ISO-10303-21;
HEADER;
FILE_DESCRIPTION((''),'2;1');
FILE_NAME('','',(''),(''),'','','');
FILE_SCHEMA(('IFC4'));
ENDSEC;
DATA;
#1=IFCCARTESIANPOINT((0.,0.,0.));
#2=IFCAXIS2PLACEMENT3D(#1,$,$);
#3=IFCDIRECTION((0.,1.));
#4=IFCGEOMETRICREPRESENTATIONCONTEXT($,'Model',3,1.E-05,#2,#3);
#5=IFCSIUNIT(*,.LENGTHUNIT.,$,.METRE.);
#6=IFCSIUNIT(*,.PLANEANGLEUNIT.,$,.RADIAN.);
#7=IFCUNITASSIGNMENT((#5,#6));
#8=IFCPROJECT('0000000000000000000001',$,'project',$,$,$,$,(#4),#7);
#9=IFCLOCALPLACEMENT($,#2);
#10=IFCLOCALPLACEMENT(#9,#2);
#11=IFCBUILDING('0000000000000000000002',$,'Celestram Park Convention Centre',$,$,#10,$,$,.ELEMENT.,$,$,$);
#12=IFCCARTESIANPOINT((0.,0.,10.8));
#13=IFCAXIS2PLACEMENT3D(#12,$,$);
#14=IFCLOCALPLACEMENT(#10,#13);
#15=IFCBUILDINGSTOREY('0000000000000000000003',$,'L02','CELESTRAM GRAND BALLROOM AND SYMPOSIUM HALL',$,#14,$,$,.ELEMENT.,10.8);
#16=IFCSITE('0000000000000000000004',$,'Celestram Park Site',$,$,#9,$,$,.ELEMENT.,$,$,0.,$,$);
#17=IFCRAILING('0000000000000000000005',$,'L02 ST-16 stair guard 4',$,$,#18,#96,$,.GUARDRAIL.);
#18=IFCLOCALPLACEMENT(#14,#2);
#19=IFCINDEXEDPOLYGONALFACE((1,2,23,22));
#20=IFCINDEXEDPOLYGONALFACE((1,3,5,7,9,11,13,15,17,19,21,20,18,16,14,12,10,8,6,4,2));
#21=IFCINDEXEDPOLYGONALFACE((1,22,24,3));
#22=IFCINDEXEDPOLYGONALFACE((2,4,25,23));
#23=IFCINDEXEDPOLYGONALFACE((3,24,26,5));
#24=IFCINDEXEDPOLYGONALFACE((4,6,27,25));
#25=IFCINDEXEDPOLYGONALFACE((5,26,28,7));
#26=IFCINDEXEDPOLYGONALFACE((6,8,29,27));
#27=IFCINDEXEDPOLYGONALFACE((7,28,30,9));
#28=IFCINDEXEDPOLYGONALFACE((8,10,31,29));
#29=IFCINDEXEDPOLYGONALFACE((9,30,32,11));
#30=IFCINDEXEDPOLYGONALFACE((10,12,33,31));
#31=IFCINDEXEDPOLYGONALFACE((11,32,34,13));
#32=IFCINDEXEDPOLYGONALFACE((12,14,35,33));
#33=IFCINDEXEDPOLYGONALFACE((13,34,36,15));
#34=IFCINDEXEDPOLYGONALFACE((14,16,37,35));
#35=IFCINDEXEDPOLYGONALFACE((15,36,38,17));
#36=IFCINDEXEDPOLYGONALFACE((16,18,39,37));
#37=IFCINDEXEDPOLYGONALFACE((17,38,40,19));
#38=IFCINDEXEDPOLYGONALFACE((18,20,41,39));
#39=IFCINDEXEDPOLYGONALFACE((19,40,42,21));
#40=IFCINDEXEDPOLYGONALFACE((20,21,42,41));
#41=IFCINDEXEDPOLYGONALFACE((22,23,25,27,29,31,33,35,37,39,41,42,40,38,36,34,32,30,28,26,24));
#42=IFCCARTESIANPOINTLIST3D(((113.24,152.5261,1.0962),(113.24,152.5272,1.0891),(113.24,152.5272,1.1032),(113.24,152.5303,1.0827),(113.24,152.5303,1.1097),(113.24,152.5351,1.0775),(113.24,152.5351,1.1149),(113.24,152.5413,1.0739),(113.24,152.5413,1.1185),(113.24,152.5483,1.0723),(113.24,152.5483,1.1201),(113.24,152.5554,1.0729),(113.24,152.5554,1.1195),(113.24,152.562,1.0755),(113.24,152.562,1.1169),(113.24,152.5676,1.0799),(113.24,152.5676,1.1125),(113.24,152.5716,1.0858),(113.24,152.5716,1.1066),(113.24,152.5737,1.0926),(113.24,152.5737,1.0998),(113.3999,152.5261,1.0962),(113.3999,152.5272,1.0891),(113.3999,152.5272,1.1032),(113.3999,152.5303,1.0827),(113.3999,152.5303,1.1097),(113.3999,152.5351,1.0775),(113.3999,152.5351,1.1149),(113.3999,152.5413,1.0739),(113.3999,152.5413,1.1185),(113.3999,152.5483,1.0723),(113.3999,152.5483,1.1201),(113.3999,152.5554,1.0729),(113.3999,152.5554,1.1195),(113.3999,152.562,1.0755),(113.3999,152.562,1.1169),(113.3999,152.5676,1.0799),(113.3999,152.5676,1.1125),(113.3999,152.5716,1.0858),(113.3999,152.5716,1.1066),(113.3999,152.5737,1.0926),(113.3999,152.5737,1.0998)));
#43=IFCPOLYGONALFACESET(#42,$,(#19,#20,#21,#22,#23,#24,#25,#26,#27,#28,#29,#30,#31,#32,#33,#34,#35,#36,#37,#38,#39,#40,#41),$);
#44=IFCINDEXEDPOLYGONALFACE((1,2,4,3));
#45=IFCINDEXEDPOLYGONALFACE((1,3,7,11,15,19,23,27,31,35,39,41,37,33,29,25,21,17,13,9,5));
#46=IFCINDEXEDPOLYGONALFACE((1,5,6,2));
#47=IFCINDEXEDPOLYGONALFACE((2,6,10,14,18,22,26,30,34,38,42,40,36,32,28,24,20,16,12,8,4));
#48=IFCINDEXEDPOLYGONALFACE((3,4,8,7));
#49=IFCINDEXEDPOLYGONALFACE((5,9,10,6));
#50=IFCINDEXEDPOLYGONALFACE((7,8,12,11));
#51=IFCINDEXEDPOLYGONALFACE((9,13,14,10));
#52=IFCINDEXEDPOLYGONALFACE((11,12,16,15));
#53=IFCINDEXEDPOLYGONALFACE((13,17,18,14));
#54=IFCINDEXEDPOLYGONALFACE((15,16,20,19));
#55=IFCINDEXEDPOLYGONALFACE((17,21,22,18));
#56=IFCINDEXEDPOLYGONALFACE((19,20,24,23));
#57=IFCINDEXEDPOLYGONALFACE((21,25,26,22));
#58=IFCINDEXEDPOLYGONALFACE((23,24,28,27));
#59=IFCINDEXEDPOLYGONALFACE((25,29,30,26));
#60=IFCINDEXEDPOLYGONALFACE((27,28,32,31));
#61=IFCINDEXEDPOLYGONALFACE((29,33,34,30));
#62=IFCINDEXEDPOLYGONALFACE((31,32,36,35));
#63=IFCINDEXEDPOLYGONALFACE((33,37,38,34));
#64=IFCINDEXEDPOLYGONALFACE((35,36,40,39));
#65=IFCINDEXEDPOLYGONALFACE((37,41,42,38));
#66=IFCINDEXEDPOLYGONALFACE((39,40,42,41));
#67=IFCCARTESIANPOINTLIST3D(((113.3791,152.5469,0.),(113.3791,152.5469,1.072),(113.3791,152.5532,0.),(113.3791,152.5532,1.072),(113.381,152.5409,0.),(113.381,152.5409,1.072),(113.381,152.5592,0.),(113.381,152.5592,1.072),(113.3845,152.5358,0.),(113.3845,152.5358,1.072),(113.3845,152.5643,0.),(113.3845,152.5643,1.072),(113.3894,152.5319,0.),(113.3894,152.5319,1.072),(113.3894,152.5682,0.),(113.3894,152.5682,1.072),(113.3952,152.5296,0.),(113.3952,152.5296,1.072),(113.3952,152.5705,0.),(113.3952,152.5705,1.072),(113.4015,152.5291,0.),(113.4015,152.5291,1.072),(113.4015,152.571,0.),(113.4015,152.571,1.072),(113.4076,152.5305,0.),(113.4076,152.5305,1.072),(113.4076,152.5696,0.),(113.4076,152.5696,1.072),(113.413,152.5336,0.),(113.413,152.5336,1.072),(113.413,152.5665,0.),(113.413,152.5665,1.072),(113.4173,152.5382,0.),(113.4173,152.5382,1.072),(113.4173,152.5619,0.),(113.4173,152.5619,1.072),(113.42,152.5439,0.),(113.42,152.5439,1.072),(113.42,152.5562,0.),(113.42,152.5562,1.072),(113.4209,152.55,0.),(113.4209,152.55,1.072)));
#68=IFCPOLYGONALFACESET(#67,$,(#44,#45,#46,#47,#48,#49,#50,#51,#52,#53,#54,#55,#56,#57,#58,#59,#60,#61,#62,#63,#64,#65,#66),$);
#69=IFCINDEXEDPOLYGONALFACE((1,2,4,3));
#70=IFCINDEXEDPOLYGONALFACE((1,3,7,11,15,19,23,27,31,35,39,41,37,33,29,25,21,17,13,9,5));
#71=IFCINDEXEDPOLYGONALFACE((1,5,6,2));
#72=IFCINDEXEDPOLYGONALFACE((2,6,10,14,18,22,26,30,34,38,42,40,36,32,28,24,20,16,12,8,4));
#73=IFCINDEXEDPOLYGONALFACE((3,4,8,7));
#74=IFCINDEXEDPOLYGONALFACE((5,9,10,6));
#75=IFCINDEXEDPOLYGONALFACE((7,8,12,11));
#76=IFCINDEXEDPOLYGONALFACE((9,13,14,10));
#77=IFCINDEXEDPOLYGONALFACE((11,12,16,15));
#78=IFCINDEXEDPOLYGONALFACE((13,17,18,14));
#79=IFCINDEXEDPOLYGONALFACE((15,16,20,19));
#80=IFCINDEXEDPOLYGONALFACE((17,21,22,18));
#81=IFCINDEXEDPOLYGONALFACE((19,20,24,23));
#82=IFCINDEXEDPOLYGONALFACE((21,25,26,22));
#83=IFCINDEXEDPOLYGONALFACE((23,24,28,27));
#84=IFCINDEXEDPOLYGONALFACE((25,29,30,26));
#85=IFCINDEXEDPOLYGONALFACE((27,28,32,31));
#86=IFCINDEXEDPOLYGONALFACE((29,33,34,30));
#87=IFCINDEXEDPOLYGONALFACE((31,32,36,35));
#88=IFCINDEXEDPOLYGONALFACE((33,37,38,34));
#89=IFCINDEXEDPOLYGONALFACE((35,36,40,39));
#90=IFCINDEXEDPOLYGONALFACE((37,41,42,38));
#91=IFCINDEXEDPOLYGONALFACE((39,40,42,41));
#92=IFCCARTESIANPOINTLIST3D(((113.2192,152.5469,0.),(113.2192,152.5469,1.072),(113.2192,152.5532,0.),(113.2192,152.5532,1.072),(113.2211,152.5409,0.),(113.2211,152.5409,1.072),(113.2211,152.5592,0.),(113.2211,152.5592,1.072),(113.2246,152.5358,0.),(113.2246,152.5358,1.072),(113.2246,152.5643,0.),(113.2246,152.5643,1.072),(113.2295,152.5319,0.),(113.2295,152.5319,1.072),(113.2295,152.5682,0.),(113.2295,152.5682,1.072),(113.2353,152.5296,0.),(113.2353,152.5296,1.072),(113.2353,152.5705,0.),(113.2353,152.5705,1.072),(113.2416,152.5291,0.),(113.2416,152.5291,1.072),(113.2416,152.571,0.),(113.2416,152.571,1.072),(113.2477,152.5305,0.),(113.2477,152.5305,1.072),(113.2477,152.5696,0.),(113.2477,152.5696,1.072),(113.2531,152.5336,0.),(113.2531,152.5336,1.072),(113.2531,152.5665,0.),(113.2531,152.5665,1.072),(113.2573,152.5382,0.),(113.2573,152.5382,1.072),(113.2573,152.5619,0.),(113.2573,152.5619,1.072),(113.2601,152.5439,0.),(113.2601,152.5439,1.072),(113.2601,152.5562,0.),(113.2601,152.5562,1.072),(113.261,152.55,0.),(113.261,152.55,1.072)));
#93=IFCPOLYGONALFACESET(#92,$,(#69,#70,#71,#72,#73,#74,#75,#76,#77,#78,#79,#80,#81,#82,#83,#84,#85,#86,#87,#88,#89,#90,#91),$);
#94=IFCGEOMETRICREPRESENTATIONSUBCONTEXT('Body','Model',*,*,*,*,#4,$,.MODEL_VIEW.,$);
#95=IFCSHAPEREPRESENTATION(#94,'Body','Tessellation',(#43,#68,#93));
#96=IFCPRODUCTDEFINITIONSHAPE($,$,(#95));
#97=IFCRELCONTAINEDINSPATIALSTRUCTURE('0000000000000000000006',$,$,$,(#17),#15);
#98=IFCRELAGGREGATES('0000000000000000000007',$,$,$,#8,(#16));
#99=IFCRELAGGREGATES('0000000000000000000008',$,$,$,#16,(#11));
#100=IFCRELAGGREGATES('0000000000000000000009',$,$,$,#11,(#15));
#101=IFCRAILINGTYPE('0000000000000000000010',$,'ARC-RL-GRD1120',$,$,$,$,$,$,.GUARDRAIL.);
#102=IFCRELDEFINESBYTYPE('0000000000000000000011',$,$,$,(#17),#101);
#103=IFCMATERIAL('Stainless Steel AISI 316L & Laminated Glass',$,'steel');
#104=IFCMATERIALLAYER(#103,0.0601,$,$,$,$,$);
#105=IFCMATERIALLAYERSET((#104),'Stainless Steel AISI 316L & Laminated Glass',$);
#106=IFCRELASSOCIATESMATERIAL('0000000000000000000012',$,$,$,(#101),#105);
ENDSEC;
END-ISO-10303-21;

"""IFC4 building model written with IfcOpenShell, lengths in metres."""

from ifc_helpers import new_model, si_unit, direction, frame, origin, origin_2d, place, context, subcontext, project, spatial, circle, extrude, material, layer, layer_set, type_object, element, save


model = new_model("IFC4")

# Units and contexts
model_context = context("Model", 3, precision=1e-05, world=origin(), true_north=direction((0.0, 1.0)))
body_context = subcontext(model_context, "Body", "Model", "MODEL_VIEW")
ifc_project = project(units=[si_unit("LENGTHUNIT", "METRE"), si_unit("PLANEANGLEUNIT", "RADIAN")], contexts=[model_context])

# Site, building, storey
site_placement = place(None, origin())
site = spatial("IfcSite", under=ifc_project, at=site_placement, Name="Celestram Park Site", CompositionType="ELEMENT", RefElevation=0.0)
building_placement = place(site_placement, origin())
building = spatial("IfcBuilding", under=site, at=building_placement, Name="Celestram Park Convention Centre", CompositionType="ELEMENT")
storey_placement = place(building_placement, frame((0.0, 0.0, 10.8)))
storey = spatial("IfcBuildingStorey", under=building, at=storey_placement, Name="L02", Description="CELESTRAM GRAND BALLROOM AND SYMPOSIUM HALL", CompositionType="ELEMENT", Elevation=10.8)

# Railing
ifc_material_1 = material(Name="Stainless Steel AISI 316L & Laminated Glass", Category="steel")
ifc_layer_1 = layer(ifc_material_1, 0.0601)
ifc_layer_set_1 = layer_set([ifc_layer_1], Name="Stainless Steel AISI 316L & Laminated Glass")
railing_type = type_object("IfcRailingType", Name="ARC-RL-GRD1120", PredefinedType="GUARDRAIL", material=ifc_layer_set_1)
railing_1_placement = place(storey_placement, frame((113.3999, 152.55, 0.0)))
element("IfcRailing", 1, at=railing_1_placement, inside=storey, type_object=railing_type, Name="L02 ST-16 stair guard 4", PredefinedType="GUARDRAIL", context=body_context, shape_type="SweptSolid", body=[
    extrude(circle(Radius=0.0239, at=origin_2d()), frame((0.0, 0.0, 1.0962), z_axis=(-1.0, 0.0, 0.0), x_axis=(0.0, -1.0, 0.0)), (0.0, 0.0, 1.0), 0.1599),
    extrude(circle(Radius=0.021, at=origin_2d()), origin(), (0.0, 0.0, 1.0), 1.072),
    extrude(circle(Radius=0.021, at=origin_2d()), frame((-0.1599, 0.0, 0.0)), (0.0, 0.0, 1.0), 1.072),
])

save(model, "model.ifc")
